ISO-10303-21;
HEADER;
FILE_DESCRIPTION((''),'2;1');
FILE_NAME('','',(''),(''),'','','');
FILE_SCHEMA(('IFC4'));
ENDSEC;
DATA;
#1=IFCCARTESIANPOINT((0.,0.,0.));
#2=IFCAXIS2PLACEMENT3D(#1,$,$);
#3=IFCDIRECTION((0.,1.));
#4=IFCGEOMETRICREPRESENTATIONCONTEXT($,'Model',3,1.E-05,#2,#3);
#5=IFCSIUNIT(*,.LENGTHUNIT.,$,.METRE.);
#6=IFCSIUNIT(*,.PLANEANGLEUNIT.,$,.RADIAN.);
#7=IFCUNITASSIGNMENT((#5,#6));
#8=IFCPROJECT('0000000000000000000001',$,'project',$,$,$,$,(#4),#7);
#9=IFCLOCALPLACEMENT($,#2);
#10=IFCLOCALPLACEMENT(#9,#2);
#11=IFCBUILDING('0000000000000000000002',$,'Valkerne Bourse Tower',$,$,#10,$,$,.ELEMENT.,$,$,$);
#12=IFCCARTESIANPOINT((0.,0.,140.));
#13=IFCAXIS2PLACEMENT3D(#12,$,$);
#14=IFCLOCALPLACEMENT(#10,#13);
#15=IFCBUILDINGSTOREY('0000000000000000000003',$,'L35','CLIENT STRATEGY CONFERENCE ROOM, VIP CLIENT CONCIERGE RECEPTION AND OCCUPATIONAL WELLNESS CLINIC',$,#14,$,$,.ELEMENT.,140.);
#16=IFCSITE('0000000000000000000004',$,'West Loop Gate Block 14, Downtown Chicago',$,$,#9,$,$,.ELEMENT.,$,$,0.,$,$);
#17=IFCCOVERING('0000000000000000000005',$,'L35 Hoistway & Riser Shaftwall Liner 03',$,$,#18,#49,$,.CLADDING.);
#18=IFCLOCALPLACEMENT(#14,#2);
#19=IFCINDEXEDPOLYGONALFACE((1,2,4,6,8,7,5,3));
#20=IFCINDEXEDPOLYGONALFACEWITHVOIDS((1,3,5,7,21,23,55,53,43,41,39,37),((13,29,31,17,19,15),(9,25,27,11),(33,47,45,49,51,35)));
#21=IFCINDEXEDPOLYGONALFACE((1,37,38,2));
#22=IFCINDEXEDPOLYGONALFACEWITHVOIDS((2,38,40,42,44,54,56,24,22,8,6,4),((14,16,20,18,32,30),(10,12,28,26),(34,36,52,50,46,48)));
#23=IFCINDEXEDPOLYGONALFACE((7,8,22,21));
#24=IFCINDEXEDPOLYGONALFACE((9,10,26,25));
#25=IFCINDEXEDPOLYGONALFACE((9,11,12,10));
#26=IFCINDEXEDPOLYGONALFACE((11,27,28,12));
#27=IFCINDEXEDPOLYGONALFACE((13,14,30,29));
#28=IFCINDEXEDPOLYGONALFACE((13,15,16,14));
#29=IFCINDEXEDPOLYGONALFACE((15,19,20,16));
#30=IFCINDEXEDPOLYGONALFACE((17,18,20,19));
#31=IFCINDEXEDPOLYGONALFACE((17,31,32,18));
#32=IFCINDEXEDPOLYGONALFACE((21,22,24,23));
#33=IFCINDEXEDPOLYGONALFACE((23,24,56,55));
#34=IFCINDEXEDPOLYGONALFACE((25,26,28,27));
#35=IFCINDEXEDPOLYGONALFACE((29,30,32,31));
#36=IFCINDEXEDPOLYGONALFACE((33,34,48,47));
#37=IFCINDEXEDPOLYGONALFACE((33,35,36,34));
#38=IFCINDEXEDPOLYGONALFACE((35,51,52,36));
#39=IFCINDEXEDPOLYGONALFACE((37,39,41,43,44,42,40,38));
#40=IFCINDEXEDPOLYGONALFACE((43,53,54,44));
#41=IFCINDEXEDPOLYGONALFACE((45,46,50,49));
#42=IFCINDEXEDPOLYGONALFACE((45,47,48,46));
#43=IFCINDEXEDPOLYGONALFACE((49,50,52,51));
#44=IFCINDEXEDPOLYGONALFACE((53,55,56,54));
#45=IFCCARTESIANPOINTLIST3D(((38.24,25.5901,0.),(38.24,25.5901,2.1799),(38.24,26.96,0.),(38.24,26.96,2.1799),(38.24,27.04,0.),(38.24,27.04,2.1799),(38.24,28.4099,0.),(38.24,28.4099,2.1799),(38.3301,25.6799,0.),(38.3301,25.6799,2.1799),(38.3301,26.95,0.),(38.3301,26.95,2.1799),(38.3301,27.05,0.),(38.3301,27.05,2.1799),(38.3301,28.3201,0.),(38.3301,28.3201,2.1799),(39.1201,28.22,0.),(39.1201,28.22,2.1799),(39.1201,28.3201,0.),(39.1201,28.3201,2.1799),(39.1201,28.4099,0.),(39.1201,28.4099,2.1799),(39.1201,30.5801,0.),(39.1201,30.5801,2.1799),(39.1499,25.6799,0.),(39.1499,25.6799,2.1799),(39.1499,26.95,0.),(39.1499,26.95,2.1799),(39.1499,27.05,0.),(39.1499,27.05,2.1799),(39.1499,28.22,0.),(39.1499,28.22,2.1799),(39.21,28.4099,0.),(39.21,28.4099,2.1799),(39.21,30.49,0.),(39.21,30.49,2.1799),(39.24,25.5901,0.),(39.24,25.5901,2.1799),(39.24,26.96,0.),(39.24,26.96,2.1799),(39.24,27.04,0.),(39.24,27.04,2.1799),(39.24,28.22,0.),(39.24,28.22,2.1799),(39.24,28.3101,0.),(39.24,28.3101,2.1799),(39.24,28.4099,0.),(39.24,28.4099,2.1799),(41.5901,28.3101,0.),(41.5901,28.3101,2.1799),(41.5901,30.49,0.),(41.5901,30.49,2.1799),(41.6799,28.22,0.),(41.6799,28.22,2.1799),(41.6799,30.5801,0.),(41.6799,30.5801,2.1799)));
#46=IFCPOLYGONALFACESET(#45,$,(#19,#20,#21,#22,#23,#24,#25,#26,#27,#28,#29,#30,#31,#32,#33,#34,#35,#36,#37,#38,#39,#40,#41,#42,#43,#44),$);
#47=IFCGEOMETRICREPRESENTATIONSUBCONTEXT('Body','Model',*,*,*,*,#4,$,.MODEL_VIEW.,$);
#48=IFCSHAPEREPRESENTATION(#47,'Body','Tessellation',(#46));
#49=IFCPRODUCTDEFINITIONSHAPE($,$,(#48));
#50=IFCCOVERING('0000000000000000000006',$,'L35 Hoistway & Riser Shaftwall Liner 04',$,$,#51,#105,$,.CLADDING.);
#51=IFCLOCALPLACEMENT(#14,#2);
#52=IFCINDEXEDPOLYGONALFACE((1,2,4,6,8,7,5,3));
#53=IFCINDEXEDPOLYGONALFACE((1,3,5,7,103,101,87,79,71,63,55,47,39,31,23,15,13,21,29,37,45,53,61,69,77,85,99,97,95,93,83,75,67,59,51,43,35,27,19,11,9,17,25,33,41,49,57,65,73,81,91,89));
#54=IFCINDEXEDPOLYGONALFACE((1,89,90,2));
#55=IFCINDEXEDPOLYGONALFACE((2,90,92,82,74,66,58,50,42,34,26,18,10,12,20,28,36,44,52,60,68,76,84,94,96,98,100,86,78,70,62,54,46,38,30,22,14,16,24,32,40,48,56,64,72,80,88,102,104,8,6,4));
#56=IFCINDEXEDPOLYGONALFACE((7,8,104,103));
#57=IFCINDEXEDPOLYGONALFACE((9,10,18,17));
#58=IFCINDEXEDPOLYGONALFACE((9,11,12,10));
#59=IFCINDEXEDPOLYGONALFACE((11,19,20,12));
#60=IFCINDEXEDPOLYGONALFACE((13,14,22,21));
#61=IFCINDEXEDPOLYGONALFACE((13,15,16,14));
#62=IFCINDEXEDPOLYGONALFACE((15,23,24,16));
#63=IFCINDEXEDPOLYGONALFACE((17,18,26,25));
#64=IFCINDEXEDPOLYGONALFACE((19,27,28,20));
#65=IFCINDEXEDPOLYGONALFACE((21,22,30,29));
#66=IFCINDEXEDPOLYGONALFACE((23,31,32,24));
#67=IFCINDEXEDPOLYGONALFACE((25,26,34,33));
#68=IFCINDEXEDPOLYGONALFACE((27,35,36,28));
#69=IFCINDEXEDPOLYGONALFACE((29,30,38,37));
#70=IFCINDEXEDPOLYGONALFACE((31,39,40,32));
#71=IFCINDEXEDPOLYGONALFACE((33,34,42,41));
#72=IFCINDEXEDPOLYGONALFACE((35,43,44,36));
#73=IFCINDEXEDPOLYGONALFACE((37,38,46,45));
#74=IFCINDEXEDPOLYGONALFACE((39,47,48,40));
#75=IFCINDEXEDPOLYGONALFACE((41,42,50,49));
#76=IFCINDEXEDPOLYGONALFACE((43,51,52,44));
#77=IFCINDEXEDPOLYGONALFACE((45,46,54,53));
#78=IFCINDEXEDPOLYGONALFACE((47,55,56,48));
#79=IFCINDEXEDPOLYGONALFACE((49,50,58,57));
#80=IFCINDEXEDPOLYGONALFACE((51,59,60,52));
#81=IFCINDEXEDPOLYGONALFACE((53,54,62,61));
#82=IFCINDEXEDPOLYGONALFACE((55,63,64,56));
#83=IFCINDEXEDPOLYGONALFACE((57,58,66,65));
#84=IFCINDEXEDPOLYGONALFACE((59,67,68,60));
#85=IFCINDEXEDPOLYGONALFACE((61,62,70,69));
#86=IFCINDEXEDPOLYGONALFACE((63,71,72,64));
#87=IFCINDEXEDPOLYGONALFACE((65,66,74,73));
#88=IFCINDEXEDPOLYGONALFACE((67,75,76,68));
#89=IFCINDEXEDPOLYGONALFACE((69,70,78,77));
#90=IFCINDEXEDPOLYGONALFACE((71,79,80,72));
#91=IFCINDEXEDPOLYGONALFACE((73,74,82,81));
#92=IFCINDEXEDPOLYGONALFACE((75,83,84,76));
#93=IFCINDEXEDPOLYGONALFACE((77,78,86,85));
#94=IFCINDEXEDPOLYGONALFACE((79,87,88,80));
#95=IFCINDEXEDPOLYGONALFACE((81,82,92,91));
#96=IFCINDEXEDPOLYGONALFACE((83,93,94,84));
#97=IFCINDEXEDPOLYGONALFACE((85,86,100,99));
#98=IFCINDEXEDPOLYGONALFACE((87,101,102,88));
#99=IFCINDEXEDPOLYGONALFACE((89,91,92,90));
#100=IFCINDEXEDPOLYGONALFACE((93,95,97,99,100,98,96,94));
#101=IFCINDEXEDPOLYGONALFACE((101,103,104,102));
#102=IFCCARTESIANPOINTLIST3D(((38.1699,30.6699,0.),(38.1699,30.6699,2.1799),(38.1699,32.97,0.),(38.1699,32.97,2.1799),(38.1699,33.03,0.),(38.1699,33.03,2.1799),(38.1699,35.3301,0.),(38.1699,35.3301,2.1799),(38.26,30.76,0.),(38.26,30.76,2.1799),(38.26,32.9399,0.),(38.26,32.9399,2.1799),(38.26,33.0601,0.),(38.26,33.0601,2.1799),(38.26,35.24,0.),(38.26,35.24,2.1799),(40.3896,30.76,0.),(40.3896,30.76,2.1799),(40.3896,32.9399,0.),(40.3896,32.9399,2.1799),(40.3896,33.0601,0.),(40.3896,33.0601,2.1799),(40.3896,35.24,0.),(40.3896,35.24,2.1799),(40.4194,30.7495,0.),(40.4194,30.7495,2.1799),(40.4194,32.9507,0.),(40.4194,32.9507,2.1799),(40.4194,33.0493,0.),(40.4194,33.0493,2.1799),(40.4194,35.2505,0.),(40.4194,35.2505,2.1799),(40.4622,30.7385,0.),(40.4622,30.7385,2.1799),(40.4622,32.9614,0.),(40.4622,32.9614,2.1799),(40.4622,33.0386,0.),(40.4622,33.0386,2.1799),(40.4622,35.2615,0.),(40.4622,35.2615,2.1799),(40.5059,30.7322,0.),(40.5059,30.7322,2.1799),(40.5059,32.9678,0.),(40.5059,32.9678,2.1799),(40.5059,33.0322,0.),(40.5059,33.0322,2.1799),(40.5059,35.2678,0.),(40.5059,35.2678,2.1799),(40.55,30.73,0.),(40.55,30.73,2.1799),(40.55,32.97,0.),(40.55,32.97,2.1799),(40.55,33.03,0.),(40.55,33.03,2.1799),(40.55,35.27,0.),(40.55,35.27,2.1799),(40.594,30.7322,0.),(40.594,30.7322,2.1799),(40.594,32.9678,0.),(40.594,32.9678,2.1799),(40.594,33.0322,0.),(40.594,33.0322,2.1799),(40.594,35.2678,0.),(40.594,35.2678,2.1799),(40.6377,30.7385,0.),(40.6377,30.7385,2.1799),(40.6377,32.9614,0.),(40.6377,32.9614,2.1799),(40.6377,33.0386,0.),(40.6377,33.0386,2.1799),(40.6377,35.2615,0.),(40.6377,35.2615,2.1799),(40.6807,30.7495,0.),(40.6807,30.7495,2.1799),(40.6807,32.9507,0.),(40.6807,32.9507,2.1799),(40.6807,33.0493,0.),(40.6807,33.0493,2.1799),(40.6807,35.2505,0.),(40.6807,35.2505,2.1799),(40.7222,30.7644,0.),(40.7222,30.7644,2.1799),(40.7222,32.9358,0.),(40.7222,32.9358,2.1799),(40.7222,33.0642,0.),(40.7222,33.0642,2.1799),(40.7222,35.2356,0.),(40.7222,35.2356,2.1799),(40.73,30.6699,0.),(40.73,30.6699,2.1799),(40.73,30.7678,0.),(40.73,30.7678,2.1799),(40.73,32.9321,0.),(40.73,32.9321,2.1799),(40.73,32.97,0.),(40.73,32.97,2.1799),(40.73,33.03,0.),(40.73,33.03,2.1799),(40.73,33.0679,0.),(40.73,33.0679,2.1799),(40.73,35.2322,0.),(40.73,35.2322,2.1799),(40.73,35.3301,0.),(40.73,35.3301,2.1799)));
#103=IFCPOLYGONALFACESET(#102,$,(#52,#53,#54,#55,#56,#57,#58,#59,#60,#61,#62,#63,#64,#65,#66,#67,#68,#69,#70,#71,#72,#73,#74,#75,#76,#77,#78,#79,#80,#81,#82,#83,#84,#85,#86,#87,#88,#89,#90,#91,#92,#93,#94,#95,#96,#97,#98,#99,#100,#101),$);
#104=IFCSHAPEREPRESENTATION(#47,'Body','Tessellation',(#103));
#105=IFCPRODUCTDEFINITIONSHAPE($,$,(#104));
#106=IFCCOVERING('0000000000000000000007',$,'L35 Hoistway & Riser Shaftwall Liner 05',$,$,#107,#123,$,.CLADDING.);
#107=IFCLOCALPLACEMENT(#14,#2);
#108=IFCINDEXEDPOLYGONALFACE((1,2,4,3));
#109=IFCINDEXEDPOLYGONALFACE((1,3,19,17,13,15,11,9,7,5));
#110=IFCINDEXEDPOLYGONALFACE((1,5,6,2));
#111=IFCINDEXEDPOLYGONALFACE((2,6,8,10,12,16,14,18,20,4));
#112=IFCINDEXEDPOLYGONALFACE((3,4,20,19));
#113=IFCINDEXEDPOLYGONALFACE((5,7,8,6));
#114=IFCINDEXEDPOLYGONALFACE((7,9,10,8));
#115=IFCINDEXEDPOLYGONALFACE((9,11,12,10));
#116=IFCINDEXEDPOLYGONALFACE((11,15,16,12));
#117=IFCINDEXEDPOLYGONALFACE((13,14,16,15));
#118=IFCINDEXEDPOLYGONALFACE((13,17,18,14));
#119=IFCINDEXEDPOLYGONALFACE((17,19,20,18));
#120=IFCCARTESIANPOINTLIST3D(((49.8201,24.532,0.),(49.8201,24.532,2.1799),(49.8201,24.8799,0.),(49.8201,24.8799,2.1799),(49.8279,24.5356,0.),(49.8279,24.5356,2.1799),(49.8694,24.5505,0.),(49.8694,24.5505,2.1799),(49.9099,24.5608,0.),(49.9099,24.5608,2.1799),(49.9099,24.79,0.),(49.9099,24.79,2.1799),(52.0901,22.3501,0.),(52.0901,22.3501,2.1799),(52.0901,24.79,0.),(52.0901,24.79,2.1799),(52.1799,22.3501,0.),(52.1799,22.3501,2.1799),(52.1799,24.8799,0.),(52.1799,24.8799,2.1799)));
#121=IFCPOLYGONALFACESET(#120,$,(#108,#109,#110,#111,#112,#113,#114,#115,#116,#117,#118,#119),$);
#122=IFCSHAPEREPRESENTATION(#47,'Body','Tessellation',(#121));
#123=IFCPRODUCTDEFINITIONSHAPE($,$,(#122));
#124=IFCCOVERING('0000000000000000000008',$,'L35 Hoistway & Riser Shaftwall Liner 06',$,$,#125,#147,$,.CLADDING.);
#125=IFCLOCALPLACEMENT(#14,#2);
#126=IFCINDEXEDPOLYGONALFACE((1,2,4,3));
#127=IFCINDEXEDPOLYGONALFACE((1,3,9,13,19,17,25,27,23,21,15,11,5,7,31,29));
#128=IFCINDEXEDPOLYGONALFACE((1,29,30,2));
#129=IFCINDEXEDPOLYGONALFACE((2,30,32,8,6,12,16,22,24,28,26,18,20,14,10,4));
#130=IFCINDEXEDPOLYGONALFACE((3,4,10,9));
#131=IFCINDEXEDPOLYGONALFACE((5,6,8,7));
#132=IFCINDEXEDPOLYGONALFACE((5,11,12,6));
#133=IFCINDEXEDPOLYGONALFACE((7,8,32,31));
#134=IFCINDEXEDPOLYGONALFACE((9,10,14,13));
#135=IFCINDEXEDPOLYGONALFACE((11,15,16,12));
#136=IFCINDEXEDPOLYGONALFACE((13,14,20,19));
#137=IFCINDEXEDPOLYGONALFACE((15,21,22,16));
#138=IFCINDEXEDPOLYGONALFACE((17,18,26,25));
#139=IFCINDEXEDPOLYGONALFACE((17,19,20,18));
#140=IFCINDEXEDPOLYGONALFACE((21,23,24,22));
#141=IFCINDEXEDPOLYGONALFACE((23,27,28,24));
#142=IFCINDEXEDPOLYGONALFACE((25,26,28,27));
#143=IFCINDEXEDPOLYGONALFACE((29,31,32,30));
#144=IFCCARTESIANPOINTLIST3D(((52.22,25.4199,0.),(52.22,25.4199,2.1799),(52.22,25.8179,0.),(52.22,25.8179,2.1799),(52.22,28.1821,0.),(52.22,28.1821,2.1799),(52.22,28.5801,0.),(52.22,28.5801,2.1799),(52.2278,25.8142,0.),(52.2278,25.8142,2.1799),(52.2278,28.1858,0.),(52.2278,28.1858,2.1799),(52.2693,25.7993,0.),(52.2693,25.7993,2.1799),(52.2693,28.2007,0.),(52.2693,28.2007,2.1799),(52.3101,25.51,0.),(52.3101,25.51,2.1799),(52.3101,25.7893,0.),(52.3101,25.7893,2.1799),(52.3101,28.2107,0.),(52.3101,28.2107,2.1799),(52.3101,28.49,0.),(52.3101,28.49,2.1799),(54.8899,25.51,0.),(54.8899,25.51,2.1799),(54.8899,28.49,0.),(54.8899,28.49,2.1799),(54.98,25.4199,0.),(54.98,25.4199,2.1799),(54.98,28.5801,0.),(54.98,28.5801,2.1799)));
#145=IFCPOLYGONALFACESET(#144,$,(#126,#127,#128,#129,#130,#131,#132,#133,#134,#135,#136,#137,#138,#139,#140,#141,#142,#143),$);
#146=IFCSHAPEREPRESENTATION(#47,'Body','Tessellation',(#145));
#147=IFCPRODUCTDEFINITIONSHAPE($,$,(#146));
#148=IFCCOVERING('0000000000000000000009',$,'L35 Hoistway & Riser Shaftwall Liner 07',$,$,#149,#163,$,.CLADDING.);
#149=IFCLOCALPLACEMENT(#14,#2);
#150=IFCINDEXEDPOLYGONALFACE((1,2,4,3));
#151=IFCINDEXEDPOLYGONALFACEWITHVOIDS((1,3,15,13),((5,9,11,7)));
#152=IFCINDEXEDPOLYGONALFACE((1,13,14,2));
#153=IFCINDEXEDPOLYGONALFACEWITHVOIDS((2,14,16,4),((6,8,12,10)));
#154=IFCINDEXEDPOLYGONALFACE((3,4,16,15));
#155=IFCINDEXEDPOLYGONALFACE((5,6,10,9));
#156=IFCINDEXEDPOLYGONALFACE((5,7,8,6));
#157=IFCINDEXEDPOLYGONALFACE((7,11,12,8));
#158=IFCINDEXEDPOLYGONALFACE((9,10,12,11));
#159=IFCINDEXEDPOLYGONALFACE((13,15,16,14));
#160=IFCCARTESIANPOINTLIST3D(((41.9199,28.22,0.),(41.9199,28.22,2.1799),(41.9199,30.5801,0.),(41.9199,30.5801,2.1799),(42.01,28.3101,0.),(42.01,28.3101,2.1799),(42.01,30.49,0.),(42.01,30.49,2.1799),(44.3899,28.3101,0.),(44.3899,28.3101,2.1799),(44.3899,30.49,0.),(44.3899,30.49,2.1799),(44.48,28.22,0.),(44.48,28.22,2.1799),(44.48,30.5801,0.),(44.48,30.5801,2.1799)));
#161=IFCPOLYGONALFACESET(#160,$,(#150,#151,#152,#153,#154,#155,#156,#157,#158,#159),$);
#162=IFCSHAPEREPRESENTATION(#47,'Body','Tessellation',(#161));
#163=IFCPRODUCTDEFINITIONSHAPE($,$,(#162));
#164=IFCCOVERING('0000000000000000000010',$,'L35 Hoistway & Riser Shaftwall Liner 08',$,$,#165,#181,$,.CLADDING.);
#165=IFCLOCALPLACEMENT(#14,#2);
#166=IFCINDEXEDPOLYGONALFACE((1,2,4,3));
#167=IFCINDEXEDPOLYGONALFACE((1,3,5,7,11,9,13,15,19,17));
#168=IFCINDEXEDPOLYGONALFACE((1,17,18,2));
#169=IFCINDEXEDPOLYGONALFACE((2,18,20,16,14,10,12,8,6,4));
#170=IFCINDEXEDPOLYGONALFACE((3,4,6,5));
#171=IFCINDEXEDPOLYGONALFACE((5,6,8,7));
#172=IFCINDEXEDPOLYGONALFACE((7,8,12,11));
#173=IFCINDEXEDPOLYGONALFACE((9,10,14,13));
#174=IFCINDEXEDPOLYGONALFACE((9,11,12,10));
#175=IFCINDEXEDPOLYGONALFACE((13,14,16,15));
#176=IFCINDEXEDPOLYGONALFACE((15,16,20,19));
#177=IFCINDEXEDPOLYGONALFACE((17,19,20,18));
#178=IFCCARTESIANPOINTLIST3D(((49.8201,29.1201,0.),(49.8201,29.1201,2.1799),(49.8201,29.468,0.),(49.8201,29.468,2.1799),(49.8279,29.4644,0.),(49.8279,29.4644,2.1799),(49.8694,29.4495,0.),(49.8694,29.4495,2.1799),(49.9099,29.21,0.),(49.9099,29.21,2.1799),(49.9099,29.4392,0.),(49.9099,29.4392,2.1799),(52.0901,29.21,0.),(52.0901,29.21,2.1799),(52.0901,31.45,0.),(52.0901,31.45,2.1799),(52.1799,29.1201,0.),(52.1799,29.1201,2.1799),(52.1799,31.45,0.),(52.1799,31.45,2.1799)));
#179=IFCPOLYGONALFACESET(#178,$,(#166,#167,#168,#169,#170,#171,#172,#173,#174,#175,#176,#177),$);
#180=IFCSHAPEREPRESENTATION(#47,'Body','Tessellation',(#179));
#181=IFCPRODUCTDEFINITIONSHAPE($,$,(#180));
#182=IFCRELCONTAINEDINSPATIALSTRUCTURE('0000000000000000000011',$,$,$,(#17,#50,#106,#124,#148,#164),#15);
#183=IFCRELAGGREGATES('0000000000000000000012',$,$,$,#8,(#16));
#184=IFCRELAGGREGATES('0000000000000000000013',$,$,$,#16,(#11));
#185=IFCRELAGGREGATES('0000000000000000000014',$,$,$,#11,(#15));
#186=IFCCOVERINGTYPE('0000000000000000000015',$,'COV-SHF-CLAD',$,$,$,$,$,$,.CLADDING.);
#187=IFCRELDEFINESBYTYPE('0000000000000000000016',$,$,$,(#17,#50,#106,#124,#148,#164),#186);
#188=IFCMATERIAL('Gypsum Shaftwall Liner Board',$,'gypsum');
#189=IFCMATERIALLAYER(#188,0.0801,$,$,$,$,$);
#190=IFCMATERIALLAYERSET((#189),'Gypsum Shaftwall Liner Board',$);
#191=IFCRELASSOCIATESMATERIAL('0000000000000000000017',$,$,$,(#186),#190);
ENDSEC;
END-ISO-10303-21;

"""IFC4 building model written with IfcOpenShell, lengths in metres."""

from ifc_helpers import new_model, si_unit, direction, frame, origin, place, context, subcontext, project, spatial, polyline, outline, extrude, material, layer, layer_set, type_object, element, save


model = new_model("IFC4")

# Units and contexts
model_context = context("Model", 3, precision=1e-05, world=origin(), true_north=direction((0.0, 1.0)))
body_context = subcontext(model_context, "Body", "Model", "MODEL_VIEW")
ifc_project = project(units=[si_unit("LENGTHUNIT", "METRE"), si_unit("PLANEANGLEUNIT", "RADIAN")], contexts=[model_context])

# Site, building, storey
site_placement = place(None, origin())
site = spatial("IfcSite", under=ifc_project, at=site_placement, Name="West Loop Gate Block 14, Downtown Chicago", CompositionType="ELEMENT", RefElevation=0.0)
building_placement = place(site_placement, origin())
building = spatial("IfcBuilding", under=site, at=building_placement, Name="Valkerne Bourse Tower", CompositionType="ELEMENT")
storey_placement = place(building_placement, frame((0.0, 0.0, 140.0)))
storey = spatial("IfcBuildingStorey", under=building, at=storey_placement, Name="L35", Description="CLIENT STRATEGY CONFERENCE ROOM, VIP CLIENT CONCIERGE RECEPTION AND OCCUPATIONAL WELLNESS CLINIC", CompositionType="ELEMENT", Elevation=140.0)

# Coverings
ifc_material_1 = material(Name="Gypsum Shaftwall Liner Board", Category="gypsum")
ifc_layer_1 = layer(ifc_material_1, 0.0801)
ifc_layer_set_1 = layer_set([ifc_layer_1], Name="Gypsum Shaftwall Liner Board")
covering_type_1 = type_object("IfcCoveringType", Name="COV-SHF-CLAD", PredefinedType="CLADDING", material=ifc_layer_set_1)
covering_1_placement = place(storey_placement, origin())
element("IfcCovering", 1, at=covering_1_placement, inside=storey, type_object=covering_type_1, Name="L35 Hoistway & Riser Shaftwall Liner 03", PredefinedType="CLADDING", context=body_context, shape_type="SweptSolid", body=[
    extrude(outline(polyline([(38.24, 28.4099), (39.1201, 28.4099), (39.1201, 30.5801), (41.6799, 30.5801), (41.6799, 28.22), (39.24, 28.22), (39.24, 27.04), (39.24, 26.96), (39.24, 25.5901), (38.24, 25.5901), (38.24, 26.96), (38.24, 27.04), (38.24, 28.4099)]), holes=[polyline([(38.3301, 26.95), (38.3301, 25.6799), (39.1499, 25.6799), (39.1499, 26.95), (38.3301, 26.95)]), polyline([(39.21, 30.49), (39.21, 28.4099), (39.24, 28.4099), (39.24, 28.3101), (41.5901, 28.3101), (41.5901, 30.49), (39.21, 30.49)]), polyline([(38.3301, 27.05), (39.1499, 27.05), (39.1499, 28.22), (39.1201, 28.22), (39.1201, 28.3201), (38.3301, 28.3201), (38.3301, 27.05)])]), origin(), (0.0, 0.0, 1.0), 2.1799),
])
covering_2_placement = place(storey_placement, origin())
element("IfcCovering", 2, at=covering_2_placement, inside=storey, type_object=covering_type_1, Name="L35 Hoistway & Riser Shaftwall Liner 04", PredefinedType="CLADDING", context=body_context, shape_type="SweptSolid", body=[
    extrude(outline(polyline([(38.1699, 35.3301), (40.73, 35.3301), (40.73, 35.2322), (40.7222, 35.2356), (40.6807, 35.2505), (40.6377, 35.2615), (40.594, 35.2678), (40.55, 35.27), (40.5059, 35.2678), (40.4622, 35.2615), (40.4194, 35.2505), (40.3896, 35.24), (38.26, 35.24), (38.26, 33.0601), (40.3896, 33.0601), (40.4194, 33.0493), (40.4622, 33.0386), (40.5059, 33.0322), (40.55, 33.03), (40.594, 33.0322), (40.6377, 33.0386), (40.6807, 33.0493), (40.7222, 33.0642), (40.73, 33.0679), (40.73, 33.03), (40.73, 32.97), (40.73, 32.9321), (40.7222, 32.9358), (40.6807, 32.9507), (40.6377, 32.9614), (40.594, 32.9678), (40.55, 32.97), (40.5059, 32.9678), (40.4622, 32.9614), (40.4194, 32.9507), (40.3896, 32.9399), (38.26, 32.9399), (38.26, 30.76), (40.3896, 30.76), (40.4194, 30.7495), (40.4622, 30.7385), (40.5059, 30.7322), (40.55, 30.73), (40.594, 30.7322), (40.6377, 30.7385), (40.6807, 30.7495), (40.7222, 30.7644), (40.73, 30.7678), (40.73, 30.6699), (38.1699, 30.6699), (38.1699, 32.97), (38.1699, 33.03), (38.1699, 35.3301)])), origin(), (0.0, 0.0, 1.0), 2.1799),
])
covering_3_placement = place(storey_placement, origin())
element("IfcCovering", 3, at=covering_3_placement, inside=storey, type_object=covering_type_1, Name="L35 Hoistway & Riser Shaftwall Liner 05", PredefinedType="CLADDING", context=body_context, shape_type="SweptSolid", body=[
    extrude(outline(polyline([(52.1799, 22.3501), (52.0901, 22.3501), (52.0901, 24.79), (49.9099, 24.79), (49.9099, 24.5608), (49.8694, 24.5505), (49.8279, 24.5356), (49.8201, 24.532), (49.8201, 24.8799), (52.1799, 24.8799), (52.1799, 22.3501)])), origin(), (0.0, 0.0, 1.0), 2.1799),
])
covering_4_placement = place(storey_placement, origin())
element("IfcCovering", 4, at=covering_4_placement, inside=storey, type_object=covering_type_1, Name="L35 Hoistway & Riser Shaftwall Liner 06", PredefinedType="CLADDING", context=body_context, shape_type="SweptSolid", body=[
    extrude(outline(polyline([(54.98, 25.4199), (52.22, 25.4199), (52.22, 25.8179), (52.2278, 25.8142), (52.2693, 25.7993), (52.3101, 25.7893), (52.3101, 25.51), (54.8899, 25.51), (54.8899, 28.49), (52.3101, 28.49), (52.3101, 28.2107), (52.2693, 28.2007), (52.2278, 28.1858), (52.22, 28.1821), (52.22, 28.5801), (54.98, 28.5801), (54.98, 25.4199)])), origin(), (0.0, 0.0, 1.0), 2.1799),
])
covering_5_placement = place(storey_placement, origin())
element("IfcCovering", 5, at=covering_5_placement, inside=storey, type_object=covering_type_1, Name="L35 Hoistway & Riser Shaftwall Liner 07", PredefinedType="CLADDING", context=body_context, shape_type="SweptSolid", body=[
    extrude(outline(polyline([(44.48, 28.22), (41.9199, 28.22), (41.9199, 30.5801), (44.48, 30.5801), (44.48, 28.22)]), holes=[polyline([(42.01, 30.49), (42.01, 28.3101), (44.3899, 28.3101), (44.3899, 30.49), (42.01, 30.49)])]), origin(), (0.0, 0.0, 1.0), 2.1799),
])
covering_6_placement = place(storey_placement, origin())
element("IfcCovering", 6, at=covering_6_placement, inside=storey, type_object=covering_type_1, Name="L35 Hoistway & Riser Shaftwall Liner 08", PredefinedType="CLADDING", context=body_context, shape_type="SweptSolid", body=[
    extrude(outline(polyline([(49.8201, 29.1201), (49.8201, 29.468), (49.8279, 29.4644), (49.8694, 29.4495), (49.9099, 29.4392), (49.9099, 29.21), (52.0901, 29.21), (52.0901, 31.45), (52.1799, 31.45), (52.1799, 29.1201), (49.8201, 29.1201)])), origin(), (0.0, 0.0, 1.0), 2.1799),
])

save(model, "model.ifc")
